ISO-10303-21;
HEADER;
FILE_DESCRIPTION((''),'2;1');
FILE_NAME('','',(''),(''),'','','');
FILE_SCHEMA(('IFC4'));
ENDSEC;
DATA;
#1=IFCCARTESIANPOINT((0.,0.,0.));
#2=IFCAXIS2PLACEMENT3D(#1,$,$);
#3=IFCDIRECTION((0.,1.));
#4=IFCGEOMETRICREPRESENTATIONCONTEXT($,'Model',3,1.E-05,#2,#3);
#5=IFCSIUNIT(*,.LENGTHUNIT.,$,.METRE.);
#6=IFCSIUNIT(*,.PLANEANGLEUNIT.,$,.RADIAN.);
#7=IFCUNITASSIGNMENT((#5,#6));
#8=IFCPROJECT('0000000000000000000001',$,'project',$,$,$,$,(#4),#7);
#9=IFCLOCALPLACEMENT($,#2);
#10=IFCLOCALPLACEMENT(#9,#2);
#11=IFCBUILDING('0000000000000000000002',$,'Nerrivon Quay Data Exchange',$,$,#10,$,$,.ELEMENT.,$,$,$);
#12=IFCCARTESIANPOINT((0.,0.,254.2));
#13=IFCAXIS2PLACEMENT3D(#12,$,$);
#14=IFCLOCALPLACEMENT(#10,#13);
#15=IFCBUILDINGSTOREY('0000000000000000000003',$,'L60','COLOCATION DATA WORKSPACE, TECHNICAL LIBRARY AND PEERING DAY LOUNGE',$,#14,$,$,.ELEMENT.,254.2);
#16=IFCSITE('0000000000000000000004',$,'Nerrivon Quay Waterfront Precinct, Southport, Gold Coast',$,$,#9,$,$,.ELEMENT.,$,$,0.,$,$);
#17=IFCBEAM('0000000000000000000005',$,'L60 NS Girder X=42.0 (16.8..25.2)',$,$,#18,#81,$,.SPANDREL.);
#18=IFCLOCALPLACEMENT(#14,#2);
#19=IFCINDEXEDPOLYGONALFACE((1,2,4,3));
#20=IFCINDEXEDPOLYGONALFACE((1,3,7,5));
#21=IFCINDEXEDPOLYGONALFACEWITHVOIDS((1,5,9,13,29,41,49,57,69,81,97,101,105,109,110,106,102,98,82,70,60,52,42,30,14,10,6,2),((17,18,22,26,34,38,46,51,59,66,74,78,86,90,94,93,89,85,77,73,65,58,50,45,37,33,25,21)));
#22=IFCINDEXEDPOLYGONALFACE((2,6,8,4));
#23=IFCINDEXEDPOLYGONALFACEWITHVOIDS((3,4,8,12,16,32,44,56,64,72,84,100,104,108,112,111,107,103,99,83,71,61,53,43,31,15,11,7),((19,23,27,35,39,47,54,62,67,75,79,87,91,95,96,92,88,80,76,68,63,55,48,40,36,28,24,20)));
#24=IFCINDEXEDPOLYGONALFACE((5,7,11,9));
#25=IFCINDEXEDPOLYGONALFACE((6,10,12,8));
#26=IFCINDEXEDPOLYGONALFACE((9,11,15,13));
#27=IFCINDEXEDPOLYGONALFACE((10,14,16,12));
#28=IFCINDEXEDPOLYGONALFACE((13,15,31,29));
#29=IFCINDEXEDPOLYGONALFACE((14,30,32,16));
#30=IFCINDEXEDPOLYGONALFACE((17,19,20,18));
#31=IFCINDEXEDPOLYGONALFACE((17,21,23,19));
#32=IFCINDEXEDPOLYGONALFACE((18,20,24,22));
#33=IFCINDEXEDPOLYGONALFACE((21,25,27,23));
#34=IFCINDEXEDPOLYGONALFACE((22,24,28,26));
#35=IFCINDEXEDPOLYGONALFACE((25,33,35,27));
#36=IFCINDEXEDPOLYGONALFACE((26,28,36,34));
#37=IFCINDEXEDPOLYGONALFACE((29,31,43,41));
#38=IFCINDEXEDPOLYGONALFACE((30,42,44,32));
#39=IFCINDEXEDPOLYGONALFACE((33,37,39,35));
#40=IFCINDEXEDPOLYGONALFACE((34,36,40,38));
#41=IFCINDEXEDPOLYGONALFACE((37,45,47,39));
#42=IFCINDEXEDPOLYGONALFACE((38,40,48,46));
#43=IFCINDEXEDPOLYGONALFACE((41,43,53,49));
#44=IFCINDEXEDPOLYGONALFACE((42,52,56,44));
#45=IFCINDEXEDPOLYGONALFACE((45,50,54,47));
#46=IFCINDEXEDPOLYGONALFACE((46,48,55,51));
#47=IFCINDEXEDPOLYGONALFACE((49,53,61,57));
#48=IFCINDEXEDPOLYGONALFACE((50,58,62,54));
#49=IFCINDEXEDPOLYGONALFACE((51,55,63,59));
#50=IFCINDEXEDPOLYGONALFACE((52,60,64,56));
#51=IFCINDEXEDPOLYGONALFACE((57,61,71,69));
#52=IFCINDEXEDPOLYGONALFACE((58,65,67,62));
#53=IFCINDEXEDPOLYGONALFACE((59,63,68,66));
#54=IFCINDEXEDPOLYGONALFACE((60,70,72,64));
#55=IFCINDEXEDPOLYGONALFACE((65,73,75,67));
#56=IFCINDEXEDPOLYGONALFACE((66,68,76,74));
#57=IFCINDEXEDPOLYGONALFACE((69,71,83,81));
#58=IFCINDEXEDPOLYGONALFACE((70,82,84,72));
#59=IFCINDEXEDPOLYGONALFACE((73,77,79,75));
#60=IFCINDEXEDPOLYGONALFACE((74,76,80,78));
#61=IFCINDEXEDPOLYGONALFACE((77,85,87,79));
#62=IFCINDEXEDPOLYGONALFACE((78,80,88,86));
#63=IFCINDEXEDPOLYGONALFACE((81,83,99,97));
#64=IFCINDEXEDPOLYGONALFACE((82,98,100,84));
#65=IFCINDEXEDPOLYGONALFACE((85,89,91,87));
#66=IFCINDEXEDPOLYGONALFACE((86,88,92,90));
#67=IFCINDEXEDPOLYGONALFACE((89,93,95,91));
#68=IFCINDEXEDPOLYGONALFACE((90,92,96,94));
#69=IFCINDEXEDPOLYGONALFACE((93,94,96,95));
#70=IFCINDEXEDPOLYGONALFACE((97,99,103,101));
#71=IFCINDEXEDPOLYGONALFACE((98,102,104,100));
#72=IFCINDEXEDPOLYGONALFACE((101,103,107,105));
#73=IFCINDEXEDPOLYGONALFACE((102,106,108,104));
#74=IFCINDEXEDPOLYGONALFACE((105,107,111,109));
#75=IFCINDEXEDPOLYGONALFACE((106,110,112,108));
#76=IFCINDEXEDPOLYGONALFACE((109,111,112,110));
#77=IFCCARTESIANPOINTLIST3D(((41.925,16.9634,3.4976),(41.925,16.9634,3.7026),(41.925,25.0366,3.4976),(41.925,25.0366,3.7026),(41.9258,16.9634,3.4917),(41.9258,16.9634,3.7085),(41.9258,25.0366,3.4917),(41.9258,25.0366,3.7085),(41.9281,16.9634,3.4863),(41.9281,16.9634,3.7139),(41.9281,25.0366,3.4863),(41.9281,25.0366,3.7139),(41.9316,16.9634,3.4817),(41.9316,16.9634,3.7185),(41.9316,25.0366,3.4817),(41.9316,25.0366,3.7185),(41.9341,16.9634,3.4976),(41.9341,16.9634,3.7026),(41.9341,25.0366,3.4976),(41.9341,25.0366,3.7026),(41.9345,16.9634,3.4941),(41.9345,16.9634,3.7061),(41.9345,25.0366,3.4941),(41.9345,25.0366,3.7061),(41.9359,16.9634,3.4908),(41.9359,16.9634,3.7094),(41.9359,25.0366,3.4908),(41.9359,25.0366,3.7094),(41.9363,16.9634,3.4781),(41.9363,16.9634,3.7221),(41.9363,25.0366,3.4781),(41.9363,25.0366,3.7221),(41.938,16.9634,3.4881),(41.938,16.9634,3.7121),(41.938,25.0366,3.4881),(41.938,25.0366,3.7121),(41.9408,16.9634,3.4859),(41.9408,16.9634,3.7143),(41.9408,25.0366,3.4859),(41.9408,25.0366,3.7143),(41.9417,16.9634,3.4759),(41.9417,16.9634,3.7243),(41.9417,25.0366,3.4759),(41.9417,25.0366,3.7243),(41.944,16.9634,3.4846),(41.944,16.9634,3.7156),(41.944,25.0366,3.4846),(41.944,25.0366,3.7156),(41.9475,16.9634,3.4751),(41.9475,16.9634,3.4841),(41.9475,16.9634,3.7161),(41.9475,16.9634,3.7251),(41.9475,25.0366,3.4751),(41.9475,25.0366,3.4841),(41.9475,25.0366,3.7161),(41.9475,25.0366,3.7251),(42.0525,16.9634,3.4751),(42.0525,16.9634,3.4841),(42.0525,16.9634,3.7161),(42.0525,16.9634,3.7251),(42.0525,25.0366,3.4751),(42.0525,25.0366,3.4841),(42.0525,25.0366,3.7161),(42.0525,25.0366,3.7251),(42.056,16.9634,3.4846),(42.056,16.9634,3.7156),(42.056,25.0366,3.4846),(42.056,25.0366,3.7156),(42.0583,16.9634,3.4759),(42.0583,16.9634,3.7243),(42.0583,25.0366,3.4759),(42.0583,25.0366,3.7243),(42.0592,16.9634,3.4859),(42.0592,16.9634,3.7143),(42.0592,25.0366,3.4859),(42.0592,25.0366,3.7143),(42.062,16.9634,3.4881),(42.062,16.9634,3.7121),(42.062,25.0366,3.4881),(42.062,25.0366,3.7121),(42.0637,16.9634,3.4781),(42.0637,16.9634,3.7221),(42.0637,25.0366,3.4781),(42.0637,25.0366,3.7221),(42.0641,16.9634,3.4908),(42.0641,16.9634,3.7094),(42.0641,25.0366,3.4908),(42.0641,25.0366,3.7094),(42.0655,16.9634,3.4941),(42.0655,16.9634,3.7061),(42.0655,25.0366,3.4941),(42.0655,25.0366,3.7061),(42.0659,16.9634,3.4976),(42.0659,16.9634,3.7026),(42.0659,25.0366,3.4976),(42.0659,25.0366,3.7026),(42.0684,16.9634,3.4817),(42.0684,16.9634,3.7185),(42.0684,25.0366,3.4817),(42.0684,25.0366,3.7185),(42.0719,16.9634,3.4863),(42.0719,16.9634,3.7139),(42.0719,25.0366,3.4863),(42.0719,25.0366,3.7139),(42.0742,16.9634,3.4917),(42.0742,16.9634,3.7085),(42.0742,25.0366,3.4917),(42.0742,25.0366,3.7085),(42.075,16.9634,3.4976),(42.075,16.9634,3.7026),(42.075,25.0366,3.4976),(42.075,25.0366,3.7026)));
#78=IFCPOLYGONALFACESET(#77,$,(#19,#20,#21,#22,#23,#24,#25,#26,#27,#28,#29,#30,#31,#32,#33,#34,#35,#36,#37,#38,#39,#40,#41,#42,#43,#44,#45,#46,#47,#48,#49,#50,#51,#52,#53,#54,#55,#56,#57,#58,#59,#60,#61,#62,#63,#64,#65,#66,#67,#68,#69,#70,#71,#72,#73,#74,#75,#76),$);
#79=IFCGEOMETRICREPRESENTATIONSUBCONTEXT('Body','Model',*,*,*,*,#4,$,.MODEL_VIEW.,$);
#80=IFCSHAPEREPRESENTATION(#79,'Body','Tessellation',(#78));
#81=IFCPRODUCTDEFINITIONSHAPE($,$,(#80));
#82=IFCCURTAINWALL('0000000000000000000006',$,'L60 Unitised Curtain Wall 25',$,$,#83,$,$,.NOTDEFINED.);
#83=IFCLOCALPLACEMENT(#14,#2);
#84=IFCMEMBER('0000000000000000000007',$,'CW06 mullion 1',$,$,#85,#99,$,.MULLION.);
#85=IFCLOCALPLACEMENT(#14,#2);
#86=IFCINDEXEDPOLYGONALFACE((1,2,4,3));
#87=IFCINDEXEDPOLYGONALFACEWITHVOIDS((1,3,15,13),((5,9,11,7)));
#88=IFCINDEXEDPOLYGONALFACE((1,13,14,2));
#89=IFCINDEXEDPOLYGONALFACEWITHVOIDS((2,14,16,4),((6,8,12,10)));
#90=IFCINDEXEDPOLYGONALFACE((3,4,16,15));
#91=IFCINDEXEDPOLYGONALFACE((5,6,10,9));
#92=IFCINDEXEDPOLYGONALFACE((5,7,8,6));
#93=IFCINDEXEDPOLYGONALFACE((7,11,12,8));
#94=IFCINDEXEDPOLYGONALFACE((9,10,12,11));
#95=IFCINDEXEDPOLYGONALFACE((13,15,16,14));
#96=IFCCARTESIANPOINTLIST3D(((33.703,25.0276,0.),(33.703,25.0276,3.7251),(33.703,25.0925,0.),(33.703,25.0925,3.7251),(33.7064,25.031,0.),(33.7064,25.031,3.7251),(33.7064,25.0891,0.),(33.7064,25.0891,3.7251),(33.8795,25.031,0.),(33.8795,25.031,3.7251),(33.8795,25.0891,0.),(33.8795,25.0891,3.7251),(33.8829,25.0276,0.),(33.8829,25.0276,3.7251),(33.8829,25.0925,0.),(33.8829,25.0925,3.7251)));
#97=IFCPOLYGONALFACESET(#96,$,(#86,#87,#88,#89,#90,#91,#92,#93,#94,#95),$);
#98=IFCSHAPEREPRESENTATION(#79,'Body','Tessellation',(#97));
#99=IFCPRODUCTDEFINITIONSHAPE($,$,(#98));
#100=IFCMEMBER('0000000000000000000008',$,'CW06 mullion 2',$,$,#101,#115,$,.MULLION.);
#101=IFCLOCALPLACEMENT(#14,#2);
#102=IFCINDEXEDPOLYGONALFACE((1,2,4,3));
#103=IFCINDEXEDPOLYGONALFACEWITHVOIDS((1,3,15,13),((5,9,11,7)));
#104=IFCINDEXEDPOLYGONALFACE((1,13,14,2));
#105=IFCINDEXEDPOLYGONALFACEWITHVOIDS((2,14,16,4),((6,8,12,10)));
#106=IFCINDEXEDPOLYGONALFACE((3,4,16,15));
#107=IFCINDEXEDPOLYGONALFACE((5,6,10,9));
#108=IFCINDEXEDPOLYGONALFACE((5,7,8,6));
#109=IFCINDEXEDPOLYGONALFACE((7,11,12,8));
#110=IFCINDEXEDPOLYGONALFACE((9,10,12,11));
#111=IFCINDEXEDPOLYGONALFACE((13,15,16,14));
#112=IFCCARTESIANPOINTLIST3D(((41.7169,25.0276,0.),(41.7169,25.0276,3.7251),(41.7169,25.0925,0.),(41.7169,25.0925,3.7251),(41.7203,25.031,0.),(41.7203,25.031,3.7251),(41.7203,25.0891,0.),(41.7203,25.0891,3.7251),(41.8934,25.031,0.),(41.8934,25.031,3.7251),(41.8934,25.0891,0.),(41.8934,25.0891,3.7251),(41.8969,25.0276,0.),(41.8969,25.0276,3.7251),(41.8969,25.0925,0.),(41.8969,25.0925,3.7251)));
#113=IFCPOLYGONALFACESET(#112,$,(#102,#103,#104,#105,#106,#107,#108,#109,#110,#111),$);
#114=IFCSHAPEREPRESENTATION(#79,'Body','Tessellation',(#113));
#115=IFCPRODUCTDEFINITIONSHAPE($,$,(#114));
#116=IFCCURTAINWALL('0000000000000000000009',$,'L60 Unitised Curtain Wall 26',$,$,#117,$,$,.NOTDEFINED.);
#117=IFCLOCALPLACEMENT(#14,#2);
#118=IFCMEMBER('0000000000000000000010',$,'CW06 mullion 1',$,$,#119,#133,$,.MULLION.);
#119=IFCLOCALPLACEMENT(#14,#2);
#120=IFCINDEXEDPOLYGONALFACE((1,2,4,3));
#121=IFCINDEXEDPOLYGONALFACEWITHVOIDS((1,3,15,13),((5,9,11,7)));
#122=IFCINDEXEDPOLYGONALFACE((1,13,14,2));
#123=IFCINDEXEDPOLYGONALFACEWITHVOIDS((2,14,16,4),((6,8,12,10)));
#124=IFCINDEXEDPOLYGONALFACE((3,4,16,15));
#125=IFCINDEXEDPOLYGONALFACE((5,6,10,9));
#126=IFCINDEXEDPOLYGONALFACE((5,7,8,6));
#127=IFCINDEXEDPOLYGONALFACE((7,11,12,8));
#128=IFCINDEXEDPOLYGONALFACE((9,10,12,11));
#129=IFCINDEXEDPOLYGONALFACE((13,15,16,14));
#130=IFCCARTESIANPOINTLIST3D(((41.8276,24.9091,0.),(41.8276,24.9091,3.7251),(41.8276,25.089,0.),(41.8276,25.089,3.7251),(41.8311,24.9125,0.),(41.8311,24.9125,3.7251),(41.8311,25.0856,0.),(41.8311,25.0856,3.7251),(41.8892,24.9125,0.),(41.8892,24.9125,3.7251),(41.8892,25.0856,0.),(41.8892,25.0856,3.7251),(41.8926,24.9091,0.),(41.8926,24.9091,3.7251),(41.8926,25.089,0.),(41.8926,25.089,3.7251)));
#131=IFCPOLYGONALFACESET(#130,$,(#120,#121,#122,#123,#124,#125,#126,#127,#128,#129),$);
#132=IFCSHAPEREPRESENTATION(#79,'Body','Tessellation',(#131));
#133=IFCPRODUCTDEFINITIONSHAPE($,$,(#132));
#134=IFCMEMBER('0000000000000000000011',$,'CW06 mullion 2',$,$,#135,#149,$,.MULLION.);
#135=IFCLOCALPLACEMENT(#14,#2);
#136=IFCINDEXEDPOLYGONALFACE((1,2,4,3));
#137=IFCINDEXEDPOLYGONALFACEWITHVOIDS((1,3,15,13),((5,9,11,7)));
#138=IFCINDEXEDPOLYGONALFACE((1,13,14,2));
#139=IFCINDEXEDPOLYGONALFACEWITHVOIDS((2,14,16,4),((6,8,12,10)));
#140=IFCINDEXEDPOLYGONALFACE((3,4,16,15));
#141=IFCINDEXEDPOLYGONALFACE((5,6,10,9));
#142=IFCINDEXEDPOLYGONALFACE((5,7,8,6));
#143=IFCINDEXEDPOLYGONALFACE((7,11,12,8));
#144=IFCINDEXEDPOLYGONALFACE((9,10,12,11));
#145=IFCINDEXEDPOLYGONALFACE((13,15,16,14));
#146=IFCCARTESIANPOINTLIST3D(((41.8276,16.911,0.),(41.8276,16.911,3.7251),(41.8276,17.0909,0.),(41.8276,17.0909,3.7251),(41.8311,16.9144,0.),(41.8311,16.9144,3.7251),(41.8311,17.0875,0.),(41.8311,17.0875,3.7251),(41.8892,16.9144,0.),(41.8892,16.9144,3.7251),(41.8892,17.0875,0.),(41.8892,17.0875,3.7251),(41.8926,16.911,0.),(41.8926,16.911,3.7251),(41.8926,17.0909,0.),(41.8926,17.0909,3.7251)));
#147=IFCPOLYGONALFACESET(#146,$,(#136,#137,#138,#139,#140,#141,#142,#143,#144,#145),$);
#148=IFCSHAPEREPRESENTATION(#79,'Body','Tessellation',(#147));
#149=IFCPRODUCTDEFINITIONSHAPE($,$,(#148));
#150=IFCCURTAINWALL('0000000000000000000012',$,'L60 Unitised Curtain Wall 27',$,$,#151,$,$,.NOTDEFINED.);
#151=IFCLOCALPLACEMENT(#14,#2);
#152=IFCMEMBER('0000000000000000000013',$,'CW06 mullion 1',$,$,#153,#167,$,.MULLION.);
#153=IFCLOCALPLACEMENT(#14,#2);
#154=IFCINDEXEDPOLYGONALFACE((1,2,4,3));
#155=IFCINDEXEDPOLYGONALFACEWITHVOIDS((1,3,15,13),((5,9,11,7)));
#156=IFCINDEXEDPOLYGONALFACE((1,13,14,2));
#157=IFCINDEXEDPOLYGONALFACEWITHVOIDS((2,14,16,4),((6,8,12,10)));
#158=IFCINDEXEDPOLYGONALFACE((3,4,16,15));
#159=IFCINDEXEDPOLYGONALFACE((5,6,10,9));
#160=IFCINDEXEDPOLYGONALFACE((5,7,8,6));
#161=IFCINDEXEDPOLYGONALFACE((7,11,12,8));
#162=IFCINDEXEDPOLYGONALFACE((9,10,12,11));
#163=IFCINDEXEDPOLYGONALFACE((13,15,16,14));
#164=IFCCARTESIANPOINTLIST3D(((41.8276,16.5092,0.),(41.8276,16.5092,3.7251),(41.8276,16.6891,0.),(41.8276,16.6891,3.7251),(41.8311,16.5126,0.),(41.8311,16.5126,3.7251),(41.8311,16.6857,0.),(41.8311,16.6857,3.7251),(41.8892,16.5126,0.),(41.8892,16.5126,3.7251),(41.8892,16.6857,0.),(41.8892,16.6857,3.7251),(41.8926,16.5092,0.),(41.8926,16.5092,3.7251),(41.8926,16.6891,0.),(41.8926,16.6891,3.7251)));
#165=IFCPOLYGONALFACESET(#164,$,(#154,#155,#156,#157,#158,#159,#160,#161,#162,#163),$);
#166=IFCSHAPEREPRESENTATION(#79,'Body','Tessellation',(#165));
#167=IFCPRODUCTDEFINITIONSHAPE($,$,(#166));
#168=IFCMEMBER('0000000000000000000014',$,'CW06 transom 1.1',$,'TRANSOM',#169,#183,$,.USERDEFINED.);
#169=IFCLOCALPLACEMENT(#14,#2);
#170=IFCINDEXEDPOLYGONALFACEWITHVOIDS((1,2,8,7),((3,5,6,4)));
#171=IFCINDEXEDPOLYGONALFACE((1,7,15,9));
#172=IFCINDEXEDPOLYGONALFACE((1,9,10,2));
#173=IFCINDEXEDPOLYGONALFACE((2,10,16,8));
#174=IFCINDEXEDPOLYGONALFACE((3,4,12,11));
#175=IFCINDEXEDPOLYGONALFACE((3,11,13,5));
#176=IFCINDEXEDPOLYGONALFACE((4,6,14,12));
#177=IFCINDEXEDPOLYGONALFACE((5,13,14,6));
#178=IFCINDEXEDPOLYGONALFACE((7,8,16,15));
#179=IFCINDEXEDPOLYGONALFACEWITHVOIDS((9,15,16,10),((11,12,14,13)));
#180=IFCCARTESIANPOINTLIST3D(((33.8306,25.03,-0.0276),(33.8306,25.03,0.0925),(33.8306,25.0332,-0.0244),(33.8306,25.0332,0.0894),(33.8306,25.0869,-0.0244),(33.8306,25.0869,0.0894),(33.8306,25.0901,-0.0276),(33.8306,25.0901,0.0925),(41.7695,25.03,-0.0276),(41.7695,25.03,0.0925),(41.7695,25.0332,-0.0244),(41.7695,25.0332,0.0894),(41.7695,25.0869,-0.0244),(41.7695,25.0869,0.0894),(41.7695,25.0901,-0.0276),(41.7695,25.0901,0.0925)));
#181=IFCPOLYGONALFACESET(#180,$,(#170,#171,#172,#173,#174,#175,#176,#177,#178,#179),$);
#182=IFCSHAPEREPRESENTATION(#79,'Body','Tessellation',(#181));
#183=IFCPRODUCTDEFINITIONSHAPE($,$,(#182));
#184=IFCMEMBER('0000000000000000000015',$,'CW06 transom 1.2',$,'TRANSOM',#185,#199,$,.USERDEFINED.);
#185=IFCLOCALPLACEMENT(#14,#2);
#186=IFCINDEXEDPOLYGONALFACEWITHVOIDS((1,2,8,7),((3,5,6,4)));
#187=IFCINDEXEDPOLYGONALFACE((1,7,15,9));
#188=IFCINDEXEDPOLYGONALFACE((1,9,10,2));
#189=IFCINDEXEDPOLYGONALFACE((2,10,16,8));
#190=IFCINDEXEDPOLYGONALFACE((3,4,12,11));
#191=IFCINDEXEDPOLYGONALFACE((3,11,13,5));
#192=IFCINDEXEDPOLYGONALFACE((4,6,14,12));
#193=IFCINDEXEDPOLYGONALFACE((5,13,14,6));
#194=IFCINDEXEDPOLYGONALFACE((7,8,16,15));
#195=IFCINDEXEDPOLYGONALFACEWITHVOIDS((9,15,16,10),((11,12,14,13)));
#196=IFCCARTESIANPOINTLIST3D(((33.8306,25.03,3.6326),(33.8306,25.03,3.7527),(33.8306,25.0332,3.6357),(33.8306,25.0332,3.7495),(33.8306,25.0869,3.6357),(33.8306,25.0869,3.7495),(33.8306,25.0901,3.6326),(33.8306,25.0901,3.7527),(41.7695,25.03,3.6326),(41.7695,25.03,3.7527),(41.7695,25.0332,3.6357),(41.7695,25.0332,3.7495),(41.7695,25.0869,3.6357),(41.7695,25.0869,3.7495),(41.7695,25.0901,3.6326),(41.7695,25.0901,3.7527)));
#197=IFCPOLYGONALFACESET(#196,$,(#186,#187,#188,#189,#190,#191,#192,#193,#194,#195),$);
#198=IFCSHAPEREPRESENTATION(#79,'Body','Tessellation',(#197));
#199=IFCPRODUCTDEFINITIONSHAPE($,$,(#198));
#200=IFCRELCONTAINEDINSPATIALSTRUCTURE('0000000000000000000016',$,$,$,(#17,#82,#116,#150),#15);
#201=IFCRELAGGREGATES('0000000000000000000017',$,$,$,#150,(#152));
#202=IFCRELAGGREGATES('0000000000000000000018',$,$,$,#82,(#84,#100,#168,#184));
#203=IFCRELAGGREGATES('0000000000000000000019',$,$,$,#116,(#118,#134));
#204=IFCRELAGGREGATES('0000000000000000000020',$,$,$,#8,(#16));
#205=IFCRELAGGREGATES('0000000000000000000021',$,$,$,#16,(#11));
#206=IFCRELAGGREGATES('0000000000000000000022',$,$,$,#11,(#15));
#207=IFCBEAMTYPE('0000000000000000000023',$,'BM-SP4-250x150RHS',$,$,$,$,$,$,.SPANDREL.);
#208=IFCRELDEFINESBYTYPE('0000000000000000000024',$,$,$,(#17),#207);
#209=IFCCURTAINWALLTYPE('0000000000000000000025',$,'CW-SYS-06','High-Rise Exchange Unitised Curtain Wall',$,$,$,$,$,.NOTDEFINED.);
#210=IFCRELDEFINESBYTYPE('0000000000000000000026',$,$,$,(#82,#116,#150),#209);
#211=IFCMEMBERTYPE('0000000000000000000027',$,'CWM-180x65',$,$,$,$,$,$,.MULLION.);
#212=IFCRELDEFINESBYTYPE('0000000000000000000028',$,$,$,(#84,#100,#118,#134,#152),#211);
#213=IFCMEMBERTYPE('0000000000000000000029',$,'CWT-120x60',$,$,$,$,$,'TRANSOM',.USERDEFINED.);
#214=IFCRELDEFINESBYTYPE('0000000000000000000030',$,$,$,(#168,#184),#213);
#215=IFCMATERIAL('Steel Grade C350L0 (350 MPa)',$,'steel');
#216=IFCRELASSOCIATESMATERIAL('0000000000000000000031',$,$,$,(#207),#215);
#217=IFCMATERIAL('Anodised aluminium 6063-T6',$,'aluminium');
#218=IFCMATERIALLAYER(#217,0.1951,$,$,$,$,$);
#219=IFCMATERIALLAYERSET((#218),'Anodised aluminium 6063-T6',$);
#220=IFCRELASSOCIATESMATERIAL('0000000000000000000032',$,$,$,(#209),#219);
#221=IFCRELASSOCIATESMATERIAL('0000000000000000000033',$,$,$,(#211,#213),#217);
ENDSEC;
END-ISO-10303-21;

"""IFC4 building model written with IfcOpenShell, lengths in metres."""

from ifc_helpers import new_model, si_unit, direction, frame, origin, origin_2d, place, context, subcontext, project, spatial, hollow_rectangle, extrude, material, layer, layer_set, material_profile, profile_set, type_object, element, aggregate, save


model = new_model("IFC4")

# Units and contexts
model_context = context("Model", 3, precision=1e-05, world=origin(), true_north=direction((0.0, 1.0)))
body_context = subcontext(model_context, "Body", "Model", "MODEL_VIEW")
ifc_project = project(units=[si_unit("LENGTHUNIT", "METRE"), si_unit("PLANEANGLEUNIT", "RADIAN")], contexts=[model_context])

# Site, building, storey
site_placement = place(None, origin())
site = spatial("IfcSite", under=ifc_project, at=site_placement, Name="Nerrivon Quay Waterfront Precinct, Southport, Gold Coast", CompositionType="ELEMENT", RefElevation=0.0)
building_placement = place(site_placement, origin())
building = spatial("IfcBuilding", under=site, at=building_placement, Name="Nerrivon Quay Data Exchange", CompositionType="ELEMENT")
storey_placement = place(building_placement, frame((0.0, 0.0, 254.2)))
storey = spatial("IfcBuildingStorey", under=building, at=storey_placement, Name="L60", Description="COLOCATION DATA WORKSPACE, TECHNICAL LIBRARY AND PEERING DAY LOUNGE", CompositionType="ELEMENT", Elevation=254.2)

# Beam
ifc_material_1 = material(Name="Steel Grade C350L0 (350 MPa)", Category="steel")
ifc_material_profile_1 = material_profile(ifc_material_1, hollow_rectangle(XDim=0.1499, YDim=0.25, WallThickness=0.009, InnerFilletRadius=0.0134, OuterFilletRadius=0.0225, at=origin_2d()), Name="250x150x9.0RHS")
ifc_profile_set_1 = profile_set([ifc_material_profile_1], Name="Steel Grade C350L0 (350 MPa)")
beam_type_1 = type_object("IfcBeamType", Name="BM-SP4-250x150RHS", PredefinedType="SPANDREL", material=ifc_profile_set_1)
beam_1_placement = place(storey_placement, frame((42.0, 16.9634, 3.6001), z_axis=(0.0, 1.0, 0.0), x_axis=(-1.0, 0.0, 0.0)))
element("IfcBeam", 1, at=beam_1_placement, inside=storey, type_object=beam_type_1, Name="L60 NS Girder X=42.0 (16.8..25.2)", PredefinedType="SPANDREL", context=body_context, shape_type="SweptSolid", body=[
    extrude(hollow_rectangle(XDim=0.1499, YDim=0.25, WallThickness=0.009, InnerFilletRadius=0.0134, OuterFilletRadius=0.0225, at=origin_2d()), origin(), (0.0, 0.0, 1.0), 8.0732),
])

# Curtain walls, members
ifc_material_2 = material(Name="Anodised aluminium 6063-T6", Category="aluminium")
ifc_layer_1 = layer(ifc_material_2, 0.1951)
ifc_layer_set_1 = layer_set([ifc_layer_1], Name="Anodised aluminium 6063-T6")
curtain_wall_type = type_object("IfcCurtainWallType", Name="CW-SYS-06", Description="High-Rise Exchange Unitised Curtain Wall", PredefinedType="NOTDEFINED", material=ifc_layer_set_1)
curtain_wall_1_placement = place(storey_placement, origin())
curtain_wall_1 = element("IfcCurtainWall", 2, at=curtain_wall_1_placement, inside=storey, type_object=curtain_wall_type, Name="L60 Unitised Curtain Wall 25", PredefinedType="NOTDEFINED")
ifc_material_profile_2 = material_profile(ifc_material_2, hollow_rectangle(XDim=0.0649, YDim=0.1799, WallThickness=0.0034, at=origin_2d()), Name="ALU-MULL-180x65")
ifc_profile_set_2 = profile_set([ifc_material_profile_2], Name="Anodised aluminium 6063-T6")
member_type_1 = type_object("IfcMemberType", Name="CWM-180x65", PredefinedType="MULLION", material=ifc_profile_set_2)
member_1_placement = place(storey_placement, frame((33.793, 25.0601, 0.0), z_axis=(0.0, 0.0, 1.0), x_axis=(0.0, 1.0, 0.0)))
member_1 = element("IfcMember", 3, at=member_1_placement, type_object=member_type_1, Name="CW06 mullion 1", PredefinedType="MULLION", context=body_context, shape_type="SweptSolid", body=[
    extrude(hollow_rectangle(XDim=0.0649, YDim=0.1799, WallThickness=0.0034, at=origin_2d()), origin(), (0.0, 0.0, 1.0), 3.7251),
])
member_2_placement = place(storey_placement, frame((41.8069, 25.0601, 0.0), z_axis=(0.0, 0.0, 1.0), x_axis=(0.0, 1.0, 0.0)))
member_2 = element("IfcMember", 4, at=member_2_placement, type_object=member_type_1, Name="CW06 mullion 2", PredefinedType="MULLION", context=body_context, shape_type="SweptSolid", body=[
    extrude(hollow_rectangle(XDim=0.0649, YDim=0.1799, WallThickness=0.0034, at=origin_2d()), origin(), (0.0, 0.0, 1.0), 3.7251),
])
curtain_wall_2_placement = place(storey_placement, origin())
curtain_wall_2 = element("IfcCurtainWall", 5, at=curtain_wall_2_placement, inside=storey, type_object=curtain_wall_type, Name="L60 Unitised Curtain Wall 26", PredefinedType="NOTDEFINED")
member_3_placement = place(storey_placement, frame((41.8601, 24.999, 0.0), z_axis=(0.0, 0.0, 1.0), x_axis=(1.0, 0.0, 0.0)))
member_3 = element("IfcMember", 6, at=member_3_placement, type_object=member_type_1, Name="CW06 mullion 1", PredefinedType="MULLION", context=body_context, shape_type="SweptSolid", body=[
    extrude(hollow_rectangle(XDim=0.0649, YDim=0.1799, WallThickness=0.0034, at=origin_2d()), origin(), (0.0, 0.0, 1.0), 3.7251),
])
member_4_placement = place(storey_placement, frame((41.8601, 17.001, 0.0), z_axis=(0.0, 0.0, 1.0), x_axis=(1.0, 0.0, 0.0)))
member_4 = element("IfcMember", 7, at=member_4_placement, type_object=member_type_1, Name="CW06 mullion 2", PredefinedType="MULLION", context=body_context, shape_type="SweptSolid", body=[
    extrude(hollow_rectangle(XDim=0.0649, YDim=0.1799, WallThickness=0.0034, at=origin_2d()), origin(), (0.0, 0.0, 1.0), 3.7251),
])

# Curtain wall, member
curtain_wall_3_placement = place(storey_placement, origin())
curtain_wall_3 = element("IfcCurtainWall", 8, at=curtain_wall_3_placement, inside=storey, type_object=curtain_wall_type, Name="L60 Unitised Curtain Wall 27", PredefinedType="NOTDEFINED")
member_5_placement = place(storey_placement, frame((41.8601, 16.5991, 0.0), z_axis=(0.0, 0.0, 1.0), x_axis=(1.0, 0.0, 0.0)))
member_5 = element("IfcMember", 9, at=member_5_placement, type_object=member_type_1, Name="CW06 mullion 1", PredefinedType="MULLION", context=body_context, shape_type="SweptSolid", body=[
    extrude(hollow_rectangle(XDim=0.0649, YDim=0.1799, WallThickness=0.0034, at=origin_2d()), origin(), (0.0, 0.0, 1.0), 3.7251),
])

# Members
ifc_material_profile_3 = material_profile(ifc_material_2, hollow_rectangle(XDim=0.0601, YDim=0.1201, WallThickness=0.0032, at=origin_2d()), Name="ALU-TRAN-120x60")
ifc_profile_set_3 = profile_set([ifc_material_profile_3], Name="Anodised aluminium 6063-T6")
member_type_2 = type_object("IfcMemberType", Name="CWT-120x60", ElementType="TRANSOM", PredefinedType="USERDEFINED", material=ifc_profile_set_3)
member_6_placement = place(storey_placement, frame((33.8306, 25.0601, 0.0325), z_axis=(1.0, 0.0, 0.0), x_axis=(0.0, 1.0, 0.0)))
member_6 = element("IfcMember", 10, at=member_6_placement, type_object=member_type_2, Name="CW06 transom 1.1", ObjectType="TRANSOM", PredefinedType="USERDEFINED", context=body_context, shape_type="SweptSolid", body=[
    extrude(hollow_rectangle(XDim=0.0601, YDim=0.1201, WallThickness=0.0032, at=origin_2d()), origin(), (0.0, 0.0, 1.0), 7.939),
])
member_7_placement = place(storey_placement, frame((33.8306, 25.0601, 3.6926), z_axis=(1.0, 0.0, 0.0), x_axis=(0.0, 1.0, 0.0)))
member_7 = element("IfcMember", 11, at=member_7_placement, type_object=member_type_2, Name="CW06 transom 1.2", ObjectType="TRANSOM", PredefinedType="USERDEFINED", context=body_context, shape_type="SweptSolid", body=[
    extrude(hollow_rectangle(XDim=0.0601, YDim=0.1201, WallThickness=0.0032, at=origin_2d()), origin(), (0.0, 0.0, 1.0), 7.939),
])
aggregate(curtain_wall_3, [member_5])

aggregate(curtain_wall_1, [member_1, member_2, member_6, member_7])
aggregate(curtain_wall_2, [member_3, member_4])

save(model, "model.ifc")
